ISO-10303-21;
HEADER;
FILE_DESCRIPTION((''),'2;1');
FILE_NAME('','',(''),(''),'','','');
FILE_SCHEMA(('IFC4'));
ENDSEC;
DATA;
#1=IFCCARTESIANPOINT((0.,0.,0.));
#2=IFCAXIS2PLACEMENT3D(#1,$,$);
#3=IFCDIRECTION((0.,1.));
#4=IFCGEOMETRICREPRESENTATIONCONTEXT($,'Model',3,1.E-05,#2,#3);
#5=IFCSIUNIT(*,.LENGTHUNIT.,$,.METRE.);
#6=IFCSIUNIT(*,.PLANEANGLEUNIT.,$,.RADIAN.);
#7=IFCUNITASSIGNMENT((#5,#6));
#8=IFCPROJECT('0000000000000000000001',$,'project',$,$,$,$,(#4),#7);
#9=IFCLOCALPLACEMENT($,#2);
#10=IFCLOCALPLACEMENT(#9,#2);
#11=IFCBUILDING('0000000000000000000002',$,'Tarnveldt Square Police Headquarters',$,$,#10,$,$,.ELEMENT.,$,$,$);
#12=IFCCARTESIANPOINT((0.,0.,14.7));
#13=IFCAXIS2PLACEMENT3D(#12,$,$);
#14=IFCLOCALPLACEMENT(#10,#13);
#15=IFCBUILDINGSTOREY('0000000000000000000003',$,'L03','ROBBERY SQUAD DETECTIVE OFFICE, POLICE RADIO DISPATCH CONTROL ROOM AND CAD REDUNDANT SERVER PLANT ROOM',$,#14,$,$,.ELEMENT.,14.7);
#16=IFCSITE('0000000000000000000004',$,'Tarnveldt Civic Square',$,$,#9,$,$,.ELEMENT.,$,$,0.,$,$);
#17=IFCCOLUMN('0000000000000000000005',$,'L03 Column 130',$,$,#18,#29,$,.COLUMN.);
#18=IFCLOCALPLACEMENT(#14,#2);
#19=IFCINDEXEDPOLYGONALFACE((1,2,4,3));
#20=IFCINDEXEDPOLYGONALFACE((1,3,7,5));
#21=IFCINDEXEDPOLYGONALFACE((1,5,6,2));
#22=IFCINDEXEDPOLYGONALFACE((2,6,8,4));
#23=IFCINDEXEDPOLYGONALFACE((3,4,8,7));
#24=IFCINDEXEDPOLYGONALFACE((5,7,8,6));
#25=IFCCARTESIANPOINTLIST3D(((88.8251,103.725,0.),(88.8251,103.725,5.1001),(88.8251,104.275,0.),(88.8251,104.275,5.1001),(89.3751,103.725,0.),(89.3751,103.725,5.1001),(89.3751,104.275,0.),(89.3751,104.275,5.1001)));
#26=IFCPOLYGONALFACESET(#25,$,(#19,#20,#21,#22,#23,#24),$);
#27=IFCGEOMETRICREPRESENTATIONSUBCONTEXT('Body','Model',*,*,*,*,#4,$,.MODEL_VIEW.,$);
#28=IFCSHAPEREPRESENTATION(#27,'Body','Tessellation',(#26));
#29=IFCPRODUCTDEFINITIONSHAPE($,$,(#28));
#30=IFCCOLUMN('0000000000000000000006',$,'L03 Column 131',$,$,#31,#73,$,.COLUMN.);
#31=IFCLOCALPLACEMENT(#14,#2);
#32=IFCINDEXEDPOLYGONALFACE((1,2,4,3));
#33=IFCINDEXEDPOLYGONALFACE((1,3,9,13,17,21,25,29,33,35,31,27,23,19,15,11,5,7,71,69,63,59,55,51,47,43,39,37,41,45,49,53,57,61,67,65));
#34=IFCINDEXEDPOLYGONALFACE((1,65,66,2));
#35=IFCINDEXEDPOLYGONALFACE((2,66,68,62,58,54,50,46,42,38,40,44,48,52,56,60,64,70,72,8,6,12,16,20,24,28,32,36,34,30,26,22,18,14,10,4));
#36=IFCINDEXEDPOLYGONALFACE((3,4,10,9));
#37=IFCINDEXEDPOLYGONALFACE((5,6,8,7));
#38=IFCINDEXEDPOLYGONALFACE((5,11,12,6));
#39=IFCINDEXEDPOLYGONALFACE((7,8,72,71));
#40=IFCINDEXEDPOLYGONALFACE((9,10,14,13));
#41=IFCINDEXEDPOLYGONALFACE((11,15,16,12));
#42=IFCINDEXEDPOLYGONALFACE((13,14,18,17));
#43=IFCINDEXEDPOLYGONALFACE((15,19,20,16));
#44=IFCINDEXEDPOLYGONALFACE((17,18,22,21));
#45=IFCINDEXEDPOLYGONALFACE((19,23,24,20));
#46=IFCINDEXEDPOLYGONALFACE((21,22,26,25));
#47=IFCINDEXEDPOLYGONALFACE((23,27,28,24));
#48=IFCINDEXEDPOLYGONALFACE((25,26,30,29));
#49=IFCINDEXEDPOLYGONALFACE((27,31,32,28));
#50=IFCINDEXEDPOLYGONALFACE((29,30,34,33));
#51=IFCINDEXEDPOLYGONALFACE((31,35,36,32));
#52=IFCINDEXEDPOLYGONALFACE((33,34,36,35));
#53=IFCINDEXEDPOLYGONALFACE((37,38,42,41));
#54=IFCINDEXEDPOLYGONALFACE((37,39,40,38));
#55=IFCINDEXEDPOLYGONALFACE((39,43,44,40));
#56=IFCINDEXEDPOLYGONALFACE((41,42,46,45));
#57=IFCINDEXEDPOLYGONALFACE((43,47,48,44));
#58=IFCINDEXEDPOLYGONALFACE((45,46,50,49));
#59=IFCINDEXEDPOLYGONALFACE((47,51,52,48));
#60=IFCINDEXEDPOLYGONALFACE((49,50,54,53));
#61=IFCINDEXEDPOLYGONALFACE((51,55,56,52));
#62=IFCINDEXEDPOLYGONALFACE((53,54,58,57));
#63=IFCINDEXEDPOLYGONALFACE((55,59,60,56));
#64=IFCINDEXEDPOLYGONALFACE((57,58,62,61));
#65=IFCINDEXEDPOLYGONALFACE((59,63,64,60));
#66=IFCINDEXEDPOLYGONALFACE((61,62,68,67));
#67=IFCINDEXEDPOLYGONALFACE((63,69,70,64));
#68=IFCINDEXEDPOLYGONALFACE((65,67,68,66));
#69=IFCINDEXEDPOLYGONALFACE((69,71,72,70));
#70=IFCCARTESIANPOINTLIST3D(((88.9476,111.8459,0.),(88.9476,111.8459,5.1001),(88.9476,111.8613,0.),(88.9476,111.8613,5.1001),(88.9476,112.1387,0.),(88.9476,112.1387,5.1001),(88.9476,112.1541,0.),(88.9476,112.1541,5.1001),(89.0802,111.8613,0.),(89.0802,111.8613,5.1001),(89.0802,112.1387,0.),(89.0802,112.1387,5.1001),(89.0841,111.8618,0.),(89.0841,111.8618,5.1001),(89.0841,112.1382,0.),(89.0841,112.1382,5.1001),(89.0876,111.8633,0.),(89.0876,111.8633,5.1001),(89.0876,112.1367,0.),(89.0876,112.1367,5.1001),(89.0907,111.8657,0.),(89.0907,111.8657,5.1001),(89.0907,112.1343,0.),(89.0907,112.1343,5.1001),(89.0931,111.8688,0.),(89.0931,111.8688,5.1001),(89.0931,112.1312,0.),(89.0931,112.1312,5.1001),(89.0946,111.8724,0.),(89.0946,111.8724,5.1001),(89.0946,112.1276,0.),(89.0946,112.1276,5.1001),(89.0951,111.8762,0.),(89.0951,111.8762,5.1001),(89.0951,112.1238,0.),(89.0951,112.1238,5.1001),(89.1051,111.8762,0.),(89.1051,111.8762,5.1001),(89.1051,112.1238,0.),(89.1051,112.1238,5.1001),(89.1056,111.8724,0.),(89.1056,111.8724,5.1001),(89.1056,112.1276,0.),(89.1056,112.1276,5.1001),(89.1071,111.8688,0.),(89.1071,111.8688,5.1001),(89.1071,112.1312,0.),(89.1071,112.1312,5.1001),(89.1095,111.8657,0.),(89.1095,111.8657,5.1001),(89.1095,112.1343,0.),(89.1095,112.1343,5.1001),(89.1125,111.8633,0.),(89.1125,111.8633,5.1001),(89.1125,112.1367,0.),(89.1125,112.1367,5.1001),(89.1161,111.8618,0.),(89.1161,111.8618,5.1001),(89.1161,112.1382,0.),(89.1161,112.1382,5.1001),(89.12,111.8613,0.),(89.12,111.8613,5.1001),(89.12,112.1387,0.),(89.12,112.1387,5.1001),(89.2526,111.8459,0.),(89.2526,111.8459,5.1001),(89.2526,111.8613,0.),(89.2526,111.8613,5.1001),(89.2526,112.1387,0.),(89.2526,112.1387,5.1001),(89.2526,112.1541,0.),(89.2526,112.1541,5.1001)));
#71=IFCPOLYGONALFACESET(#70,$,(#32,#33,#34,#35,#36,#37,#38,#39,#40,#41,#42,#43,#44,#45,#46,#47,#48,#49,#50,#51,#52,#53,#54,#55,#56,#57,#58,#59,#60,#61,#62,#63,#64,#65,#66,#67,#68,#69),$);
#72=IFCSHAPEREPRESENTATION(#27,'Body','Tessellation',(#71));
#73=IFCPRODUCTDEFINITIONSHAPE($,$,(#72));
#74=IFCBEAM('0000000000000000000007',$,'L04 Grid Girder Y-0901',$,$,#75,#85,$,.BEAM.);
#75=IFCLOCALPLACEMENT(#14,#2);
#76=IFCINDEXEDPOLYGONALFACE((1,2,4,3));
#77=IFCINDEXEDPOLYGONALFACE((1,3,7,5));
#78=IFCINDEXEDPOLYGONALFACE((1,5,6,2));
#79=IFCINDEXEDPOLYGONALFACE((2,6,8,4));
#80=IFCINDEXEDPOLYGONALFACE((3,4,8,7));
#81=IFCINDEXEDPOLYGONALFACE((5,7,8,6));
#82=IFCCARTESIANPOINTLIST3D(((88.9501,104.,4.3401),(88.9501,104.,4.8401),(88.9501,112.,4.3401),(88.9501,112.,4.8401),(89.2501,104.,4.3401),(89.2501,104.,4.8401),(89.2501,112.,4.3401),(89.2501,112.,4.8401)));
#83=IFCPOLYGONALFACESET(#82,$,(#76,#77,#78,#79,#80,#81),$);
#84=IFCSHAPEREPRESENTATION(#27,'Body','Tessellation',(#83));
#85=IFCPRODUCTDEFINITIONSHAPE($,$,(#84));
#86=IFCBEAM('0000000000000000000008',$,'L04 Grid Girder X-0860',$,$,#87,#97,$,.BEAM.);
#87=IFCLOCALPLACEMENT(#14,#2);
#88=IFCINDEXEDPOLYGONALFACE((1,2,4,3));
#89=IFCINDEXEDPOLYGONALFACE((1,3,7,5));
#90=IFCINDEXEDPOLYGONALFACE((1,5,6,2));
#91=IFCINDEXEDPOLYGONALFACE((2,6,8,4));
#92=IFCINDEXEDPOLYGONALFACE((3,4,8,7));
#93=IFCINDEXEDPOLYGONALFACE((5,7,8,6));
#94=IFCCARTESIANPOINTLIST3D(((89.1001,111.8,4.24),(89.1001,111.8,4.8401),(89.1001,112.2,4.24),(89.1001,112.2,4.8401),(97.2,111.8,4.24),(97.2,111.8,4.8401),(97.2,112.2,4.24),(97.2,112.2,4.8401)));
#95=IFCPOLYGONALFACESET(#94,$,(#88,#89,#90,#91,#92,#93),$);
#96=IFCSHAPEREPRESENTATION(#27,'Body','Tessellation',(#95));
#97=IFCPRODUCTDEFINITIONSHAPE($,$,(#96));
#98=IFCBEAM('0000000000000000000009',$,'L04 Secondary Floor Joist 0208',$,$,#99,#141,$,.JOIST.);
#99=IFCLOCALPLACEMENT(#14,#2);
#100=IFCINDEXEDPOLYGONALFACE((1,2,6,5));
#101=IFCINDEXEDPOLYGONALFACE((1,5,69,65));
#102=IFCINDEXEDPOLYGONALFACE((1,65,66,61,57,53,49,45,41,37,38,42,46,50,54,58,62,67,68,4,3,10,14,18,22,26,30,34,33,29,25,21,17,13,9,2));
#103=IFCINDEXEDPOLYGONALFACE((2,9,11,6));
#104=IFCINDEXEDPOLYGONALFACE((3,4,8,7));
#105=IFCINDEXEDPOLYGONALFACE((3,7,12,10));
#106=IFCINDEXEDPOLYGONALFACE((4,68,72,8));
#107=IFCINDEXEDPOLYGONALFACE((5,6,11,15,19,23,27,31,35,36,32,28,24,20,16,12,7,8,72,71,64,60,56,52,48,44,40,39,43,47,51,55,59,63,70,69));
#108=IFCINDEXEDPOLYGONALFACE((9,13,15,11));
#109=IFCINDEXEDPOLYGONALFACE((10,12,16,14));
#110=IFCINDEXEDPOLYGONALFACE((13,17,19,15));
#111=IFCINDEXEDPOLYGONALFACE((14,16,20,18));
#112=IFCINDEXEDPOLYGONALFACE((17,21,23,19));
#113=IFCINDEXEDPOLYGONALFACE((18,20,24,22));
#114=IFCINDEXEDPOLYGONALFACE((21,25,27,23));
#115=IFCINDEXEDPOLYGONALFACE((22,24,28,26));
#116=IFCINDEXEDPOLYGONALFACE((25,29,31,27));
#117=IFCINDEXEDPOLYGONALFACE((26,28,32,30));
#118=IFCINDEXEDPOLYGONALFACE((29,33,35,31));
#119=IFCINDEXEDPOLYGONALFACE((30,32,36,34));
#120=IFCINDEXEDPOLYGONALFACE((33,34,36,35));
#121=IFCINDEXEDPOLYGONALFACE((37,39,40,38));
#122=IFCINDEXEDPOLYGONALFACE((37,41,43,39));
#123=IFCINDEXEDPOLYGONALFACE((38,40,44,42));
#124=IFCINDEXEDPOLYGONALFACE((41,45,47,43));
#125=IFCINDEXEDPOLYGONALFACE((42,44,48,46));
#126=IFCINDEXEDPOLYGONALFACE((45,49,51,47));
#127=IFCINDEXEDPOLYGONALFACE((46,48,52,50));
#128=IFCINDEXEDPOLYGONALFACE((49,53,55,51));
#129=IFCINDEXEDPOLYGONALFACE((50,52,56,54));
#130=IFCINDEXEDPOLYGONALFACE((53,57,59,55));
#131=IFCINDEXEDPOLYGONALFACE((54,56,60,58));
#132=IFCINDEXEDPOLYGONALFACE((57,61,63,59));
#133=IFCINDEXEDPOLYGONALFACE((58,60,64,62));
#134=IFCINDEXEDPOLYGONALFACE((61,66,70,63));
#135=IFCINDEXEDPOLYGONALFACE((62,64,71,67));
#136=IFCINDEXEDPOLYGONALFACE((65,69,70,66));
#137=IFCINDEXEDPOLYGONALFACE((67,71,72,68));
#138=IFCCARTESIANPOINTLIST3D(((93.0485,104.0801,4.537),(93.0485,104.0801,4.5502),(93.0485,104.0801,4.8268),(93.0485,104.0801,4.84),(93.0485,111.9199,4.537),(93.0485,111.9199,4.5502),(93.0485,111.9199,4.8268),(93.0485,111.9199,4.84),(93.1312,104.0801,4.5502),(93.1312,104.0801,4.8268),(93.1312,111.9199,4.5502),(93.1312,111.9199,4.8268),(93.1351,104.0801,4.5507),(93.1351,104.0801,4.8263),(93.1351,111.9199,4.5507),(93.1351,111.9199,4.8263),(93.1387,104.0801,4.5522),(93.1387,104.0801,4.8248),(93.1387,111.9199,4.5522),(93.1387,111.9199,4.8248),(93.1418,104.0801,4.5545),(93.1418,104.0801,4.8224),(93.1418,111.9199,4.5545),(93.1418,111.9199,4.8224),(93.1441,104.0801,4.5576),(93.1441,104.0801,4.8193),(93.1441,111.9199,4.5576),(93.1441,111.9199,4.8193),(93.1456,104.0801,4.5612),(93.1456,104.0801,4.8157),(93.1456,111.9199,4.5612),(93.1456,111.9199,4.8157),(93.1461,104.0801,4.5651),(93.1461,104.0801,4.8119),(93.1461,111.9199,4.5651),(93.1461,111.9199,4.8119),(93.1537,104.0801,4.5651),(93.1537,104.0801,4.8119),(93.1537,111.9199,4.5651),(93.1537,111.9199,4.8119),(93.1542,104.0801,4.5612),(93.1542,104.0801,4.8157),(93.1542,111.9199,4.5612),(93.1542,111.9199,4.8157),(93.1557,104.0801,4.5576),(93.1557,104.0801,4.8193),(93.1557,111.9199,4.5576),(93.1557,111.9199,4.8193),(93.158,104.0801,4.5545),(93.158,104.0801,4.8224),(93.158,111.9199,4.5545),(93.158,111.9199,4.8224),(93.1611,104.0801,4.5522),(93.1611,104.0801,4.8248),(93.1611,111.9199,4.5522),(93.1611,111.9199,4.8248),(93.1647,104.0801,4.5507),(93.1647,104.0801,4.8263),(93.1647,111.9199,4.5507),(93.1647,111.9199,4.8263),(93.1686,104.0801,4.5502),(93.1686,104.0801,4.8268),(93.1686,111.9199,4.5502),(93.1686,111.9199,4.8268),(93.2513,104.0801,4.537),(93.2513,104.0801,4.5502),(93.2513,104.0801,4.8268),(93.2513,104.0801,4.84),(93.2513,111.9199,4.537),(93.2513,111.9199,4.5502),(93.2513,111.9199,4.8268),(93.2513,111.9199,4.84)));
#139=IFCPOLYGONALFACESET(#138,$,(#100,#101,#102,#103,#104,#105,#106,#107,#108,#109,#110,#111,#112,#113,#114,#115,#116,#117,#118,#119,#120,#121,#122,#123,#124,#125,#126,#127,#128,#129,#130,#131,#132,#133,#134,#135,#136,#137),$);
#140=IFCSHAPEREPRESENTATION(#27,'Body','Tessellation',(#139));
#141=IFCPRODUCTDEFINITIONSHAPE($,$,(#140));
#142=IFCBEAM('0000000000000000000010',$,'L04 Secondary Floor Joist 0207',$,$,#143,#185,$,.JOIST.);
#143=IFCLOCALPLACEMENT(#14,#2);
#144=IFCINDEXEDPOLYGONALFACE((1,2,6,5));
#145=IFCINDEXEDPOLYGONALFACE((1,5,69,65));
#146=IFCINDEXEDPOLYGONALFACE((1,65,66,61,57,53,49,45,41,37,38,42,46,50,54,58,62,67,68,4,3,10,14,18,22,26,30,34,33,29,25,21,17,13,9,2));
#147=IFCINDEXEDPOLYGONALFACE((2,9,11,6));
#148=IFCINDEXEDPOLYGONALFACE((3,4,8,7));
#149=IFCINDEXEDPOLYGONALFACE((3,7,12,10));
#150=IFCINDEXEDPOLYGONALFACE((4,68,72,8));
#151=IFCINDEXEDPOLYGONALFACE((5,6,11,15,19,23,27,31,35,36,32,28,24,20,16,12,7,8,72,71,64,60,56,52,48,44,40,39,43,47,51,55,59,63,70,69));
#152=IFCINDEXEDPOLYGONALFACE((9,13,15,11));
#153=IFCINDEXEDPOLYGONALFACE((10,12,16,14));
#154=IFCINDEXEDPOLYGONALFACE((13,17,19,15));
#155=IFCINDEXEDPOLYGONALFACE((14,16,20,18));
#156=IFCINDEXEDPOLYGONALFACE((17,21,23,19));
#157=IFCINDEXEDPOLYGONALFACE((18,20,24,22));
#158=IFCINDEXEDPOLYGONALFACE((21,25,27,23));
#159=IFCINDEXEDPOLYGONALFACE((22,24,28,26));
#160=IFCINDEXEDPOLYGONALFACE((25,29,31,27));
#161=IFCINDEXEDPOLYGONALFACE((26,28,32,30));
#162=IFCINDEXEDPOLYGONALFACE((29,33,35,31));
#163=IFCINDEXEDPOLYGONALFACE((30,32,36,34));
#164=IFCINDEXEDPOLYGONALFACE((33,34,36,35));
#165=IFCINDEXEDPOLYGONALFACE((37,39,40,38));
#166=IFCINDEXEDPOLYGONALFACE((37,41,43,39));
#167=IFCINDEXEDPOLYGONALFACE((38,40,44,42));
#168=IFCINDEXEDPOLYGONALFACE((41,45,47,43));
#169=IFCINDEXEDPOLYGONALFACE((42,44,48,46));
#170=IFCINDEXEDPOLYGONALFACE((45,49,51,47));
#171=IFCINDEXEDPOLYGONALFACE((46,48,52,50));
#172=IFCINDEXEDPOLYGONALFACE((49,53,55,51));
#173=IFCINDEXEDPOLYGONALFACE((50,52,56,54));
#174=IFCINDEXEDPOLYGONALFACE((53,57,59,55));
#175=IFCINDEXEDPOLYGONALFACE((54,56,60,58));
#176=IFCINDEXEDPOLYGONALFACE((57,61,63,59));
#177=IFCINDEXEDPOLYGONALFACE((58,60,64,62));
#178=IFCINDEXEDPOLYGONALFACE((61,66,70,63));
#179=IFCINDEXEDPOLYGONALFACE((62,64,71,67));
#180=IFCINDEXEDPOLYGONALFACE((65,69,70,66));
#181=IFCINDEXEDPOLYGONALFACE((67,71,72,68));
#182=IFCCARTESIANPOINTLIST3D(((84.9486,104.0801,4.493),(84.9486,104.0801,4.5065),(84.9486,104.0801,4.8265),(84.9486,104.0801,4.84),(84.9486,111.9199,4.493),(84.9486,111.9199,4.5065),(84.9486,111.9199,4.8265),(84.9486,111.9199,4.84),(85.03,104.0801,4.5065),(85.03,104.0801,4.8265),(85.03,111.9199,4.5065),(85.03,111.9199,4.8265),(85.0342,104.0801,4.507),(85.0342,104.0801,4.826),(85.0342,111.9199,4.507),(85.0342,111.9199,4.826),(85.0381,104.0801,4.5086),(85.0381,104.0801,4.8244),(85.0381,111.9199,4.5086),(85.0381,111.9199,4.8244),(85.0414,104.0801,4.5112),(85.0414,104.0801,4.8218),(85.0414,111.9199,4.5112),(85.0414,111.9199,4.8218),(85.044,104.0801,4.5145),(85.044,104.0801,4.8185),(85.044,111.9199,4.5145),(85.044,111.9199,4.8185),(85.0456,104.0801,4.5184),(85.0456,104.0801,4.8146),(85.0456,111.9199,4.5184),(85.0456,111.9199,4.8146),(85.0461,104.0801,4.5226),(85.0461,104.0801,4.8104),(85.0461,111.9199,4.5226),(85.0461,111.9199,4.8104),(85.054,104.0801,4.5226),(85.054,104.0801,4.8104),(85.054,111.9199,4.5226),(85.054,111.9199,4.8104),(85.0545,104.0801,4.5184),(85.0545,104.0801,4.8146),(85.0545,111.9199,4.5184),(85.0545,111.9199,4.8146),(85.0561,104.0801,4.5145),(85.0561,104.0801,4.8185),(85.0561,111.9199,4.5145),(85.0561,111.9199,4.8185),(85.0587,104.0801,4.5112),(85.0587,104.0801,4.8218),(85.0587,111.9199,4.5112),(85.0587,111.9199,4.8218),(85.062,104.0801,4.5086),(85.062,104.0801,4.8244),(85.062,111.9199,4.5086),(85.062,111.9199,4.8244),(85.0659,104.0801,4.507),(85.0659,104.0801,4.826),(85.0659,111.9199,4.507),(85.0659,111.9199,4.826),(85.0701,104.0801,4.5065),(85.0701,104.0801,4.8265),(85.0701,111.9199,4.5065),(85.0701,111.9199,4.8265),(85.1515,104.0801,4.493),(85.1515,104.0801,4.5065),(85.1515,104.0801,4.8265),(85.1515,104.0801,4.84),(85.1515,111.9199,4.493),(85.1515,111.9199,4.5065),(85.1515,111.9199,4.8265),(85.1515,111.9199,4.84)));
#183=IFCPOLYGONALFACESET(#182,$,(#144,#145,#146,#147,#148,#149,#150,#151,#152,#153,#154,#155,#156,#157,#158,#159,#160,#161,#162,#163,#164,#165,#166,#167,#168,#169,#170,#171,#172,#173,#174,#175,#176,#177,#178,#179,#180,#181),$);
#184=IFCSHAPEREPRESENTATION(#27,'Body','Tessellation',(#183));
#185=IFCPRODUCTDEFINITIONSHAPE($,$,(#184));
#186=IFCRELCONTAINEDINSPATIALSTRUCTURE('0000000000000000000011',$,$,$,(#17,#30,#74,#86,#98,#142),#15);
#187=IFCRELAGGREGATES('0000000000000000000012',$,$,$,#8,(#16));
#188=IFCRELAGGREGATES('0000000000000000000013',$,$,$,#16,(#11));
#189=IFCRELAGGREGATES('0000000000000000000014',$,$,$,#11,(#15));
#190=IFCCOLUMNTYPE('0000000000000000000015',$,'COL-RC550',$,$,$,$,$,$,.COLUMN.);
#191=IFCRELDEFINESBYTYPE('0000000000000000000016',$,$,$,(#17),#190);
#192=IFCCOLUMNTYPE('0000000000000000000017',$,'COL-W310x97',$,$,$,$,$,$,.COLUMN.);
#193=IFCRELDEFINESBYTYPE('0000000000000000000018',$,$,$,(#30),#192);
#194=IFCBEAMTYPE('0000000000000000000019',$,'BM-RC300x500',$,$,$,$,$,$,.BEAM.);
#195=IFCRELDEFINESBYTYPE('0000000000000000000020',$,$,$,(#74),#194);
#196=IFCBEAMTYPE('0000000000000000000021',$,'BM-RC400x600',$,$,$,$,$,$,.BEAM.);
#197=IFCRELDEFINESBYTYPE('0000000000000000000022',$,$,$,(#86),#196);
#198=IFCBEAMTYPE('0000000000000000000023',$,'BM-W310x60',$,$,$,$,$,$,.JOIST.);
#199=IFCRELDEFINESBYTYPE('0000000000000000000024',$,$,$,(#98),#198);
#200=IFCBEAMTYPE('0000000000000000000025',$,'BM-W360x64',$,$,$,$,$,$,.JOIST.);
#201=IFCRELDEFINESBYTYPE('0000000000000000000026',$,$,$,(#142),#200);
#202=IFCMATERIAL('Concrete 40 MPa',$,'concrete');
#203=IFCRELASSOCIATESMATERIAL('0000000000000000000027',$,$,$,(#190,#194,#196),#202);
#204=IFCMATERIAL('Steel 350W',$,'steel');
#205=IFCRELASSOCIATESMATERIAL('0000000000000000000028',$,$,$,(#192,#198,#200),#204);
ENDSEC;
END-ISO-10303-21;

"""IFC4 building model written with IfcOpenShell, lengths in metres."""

from ifc_helpers import new_model, si_unit, direction, frame, origin, origin_2d, place, context, subcontext, project, spatial, rectangle, i_section, extrude, material, material_profile, profile_set, type_object, element, save


model = new_model("IFC4")

# Units and contexts
model_context = context("Model", 3, precision=1e-05, world=origin(), true_north=direction((0.0, 1.0)))
body_context = subcontext(model_context, "Body", "Model", "MODEL_VIEW")
ifc_project = project(units=[si_unit("LENGTHUNIT", "METRE"), si_unit("PLANEANGLEUNIT", "RADIAN")], contexts=[model_context])

# Site, building, storey
site_placement = place(None, origin())
site = spatial("IfcSite", under=ifc_project, at=site_placement, Name="Tarnveldt Civic Square", CompositionType="ELEMENT", RefElevation=0.0)
building_placement = place(site_placement, origin())
building = spatial("IfcBuilding", under=site, at=building_placement, Name="Tarnveldt Square Police Headquarters", CompositionType="ELEMENT")
storey_placement = place(building_placement, frame((0.0, 0.0, 14.7)))
storey = spatial("IfcBuildingStorey", under=building, at=storey_placement, Name="L03", Description="ROBBERY SQUAD DETECTIVE OFFICE, POLICE RADIO DISPATCH CONTROL ROOM AND CAD REDUNDANT SERVER PLANT ROOM", CompositionType="ELEMENT", Elevation=14.7)

# Columns
ifc_material_1 = material(Name="Concrete 40 MPa", Category="concrete")
ifc_material_profile_1 = material_profile(ifc_material_1, rectangle(XDim=0.55, YDim=0.55, at=origin_2d()), Name="RC-C550x550")
ifc_profile_set_1 = profile_set([ifc_material_profile_1], Name="Concrete 40 MPa")
column_type_1 = type_object("IfcColumnType", Name="COL-RC550", PredefinedType="COLUMN", material=ifc_profile_set_1)
column_1_placement = place(storey_placement, frame((89.1001, 104.0, 0.0), z_axis=(0.0, 0.0, 1.0), x_axis=(1.0, 0.0, 0.0)))
element("IfcColumn", 1, at=column_1_placement, inside=storey, type_object=column_type_1, Name="L03 Column 130", PredefinedType="COLUMN", context=body_context, shape_type="SweptSolid", body=[
    extrude(rectangle(XDim=0.55, YDim=0.55, at=origin_2d()), origin(), (0.0, 0.0, 1.0), 5.1001),
])
ifc_material_2 = material(Name="Steel 350W", Category="steel")
ifc_material_profile_2 = material_profile(ifc_material_2, i_section(OverallWidth=0.3049, OverallDepth=0.3081, WebThickness=0.01, FlangeThickness=0.0154, FilletRadius=0.0149, at=origin_2d()), Name="W310x97")
ifc_profile_set_2 = profile_set([ifc_material_profile_2], Name="Steel 350W")
column_type_2 = type_object("IfcColumnType", Name="COL-W310x97", PredefinedType="COLUMN", material=ifc_profile_set_2)
column_2_placement = place(storey_placement, frame((89.1001, 112.0, 0.0), z_axis=(0.0, 0.0, 1.0), x_axis=(1.0, 0.0, 0.0)))
element("IfcColumn", 2, at=column_2_placement, inside=storey, type_object=column_type_2, Name="L03 Column 131", PredefinedType="COLUMN", context=body_context, shape_type="SweptSolid", body=[
    extrude(i_section(OverallWidth=0.3049, OverallDepth=0.3081, WebThickness=0.01, FlangeThickness=0.0154, FilletRadius=0.0149, at=origin_2d()), origin(), (0.0, 0.0, 1.0), 5.1001),
])

# Beams
ifc_material_profile_3 = material_profile(ifc_material_1, rectangle(XDim=0.3, YDim=0.5, at=origin_2d()), Name="RC-B300x500")
ifc_profile_set_3 = profile_set([ifc_material_profile_3], Name="Concrete 40 MPa")
beam_type_1 = type_object("IfcBeamType", Name="BM-RC300x500", PredefinedType="BEAM", material=ifc_profile_set_3)
beam_1_placement = place(storey_placement, frame((89.1001, 104.0, 4.5901), z_axis=(0.0, 1.0, 0.0), x_axis=(-1.0, 0.0, 0.0)))
element("IfcBeam", 3, at=beam_1_placement, inside=storey, type_object=beam_type_1, Name="L04 Grid Girder Y-0901", PredefinedType="BEAM", context=body_context, shape_type="SweptSolid", body=[
    extrude(rectangle(XDim=0.3, YDim=0.5, at=origin_2d()), origin(), (0.0, 0.0, 1.0), 8.0),
])
ifc_material_profile_4 = material_profile(ifc_material_1, rectangle(XDim=0.3999, YDim=0.6001, at=origin_2d()), Name="RC-B400x600")
ifc_profile_set_4 = profile_set([ifc_material_profile_4], Name="Concrete 40 MPa")
beam_type_2 = type_object("IfcBeamType", Name="BM-RC400x600", PredefinedType="BEAM", material=ifc_profile_set_4)
beam_2_placement = place(storey_placement, frame((89.1001, 112.0, 4.54), z_axis=(1.0, 0.0, 0.0), x_axis=(0.0, 1.0, 0.0)))
element("IfcBeam", 4, at=beam_2_placement, inside=storey, type_object=beam_type_2, Name="L04 Grid Girder X-0860", PredefinedType="BEAM", context=body_context, shape_type="SweptSolid", body=[
    extrude(rectangle(XDim=0.3999, YDim=0.6001, at=origin_2d()), origin(), (0.0, 0.0, 1.0), 8.0999),
])
ifc_material_profile_5 = material_profile(ifc_material_2, i_section(OverallWidth=0.2029, OverallDepth=0.303, WebThickness=0.0076, FlangeThickness=0.0132, FilletRadius=0.0149, at=origin_2d()), Name="W310x60")
ifc_profile_set_5 = profile_set([ifc_material_profile_5], Name="Steel 350W")
beam_type_3 = type_object("IfcBeamType", Name="BM-W310x60", PredefinedType="JOIST", material=ifc_profile_set_5)
beam_3_placement = place(storey_placement, frame((93.1499, 104.0801, 4.6885), z_axis=(0.0, 1.0, 0.0), x_axis=(-1.0, 0.0, 0.0)))
element("IfcBeam", 5, at=beam_3_placement, inside=storey, type_object=beam_type_3, Name="L04 Secondary Floor Joist 0208", PredefinedType="JOIST", context=body_context, shape_type="SweptSolid", body=[
    extrude(i_section(OverallWidth=0.2029, OverallDepth=0.303, WebThickness=0.0076, FlangeThickness=0.0132, FilletRadius=0.0149, at=origin_2d()), origin(), (0.0, 0.0, 1.0), 7.8398),
])
ifc_material_profile_6 = material_profile(ifc_material_2, i_section(OverallWidth=0.2029, OverallDepth=0.3469, WebThickness=0.0078, FlangeThickness=0.0134, FilletRadius=0.0161, at=origin_2d()), Name="W360x64")
ifc_profile_set_6 = profile_set([ifc_material_profile_6], Name="Steel 350W")
beam_type_4 = type_object("IfcBeamType", Name="BM-W360x64", PredefinedType="JOIST", material=ifc_profile_set_6)
beam_4_placement = place(storey_placement, frame((85.05, 104.0801, 4.6665), z_axis=(0.0, 1.0, 0.0), x_axis=(-1.0, 0.0, 0.0)))
element("IfcBeam", 6, at=beam_4_placement, inside=storey, type_object=beam_type_4, Name="L04 Secondary Floor Joist 0207", PredefinedType="JOIST", context=body_context, shape_type="SweptSolid", body=[
    extrude(i_section(OverallWidth=0.2029, OverallDepth=0.3469, WebThickness=0.0078, FlangeThickness=0.0134, FilletRadius=0.0161, at=origin_2d()), origin(), (0.0, 0.0, 1.0), 7.8398),
])

save(model, "model.ifc")
